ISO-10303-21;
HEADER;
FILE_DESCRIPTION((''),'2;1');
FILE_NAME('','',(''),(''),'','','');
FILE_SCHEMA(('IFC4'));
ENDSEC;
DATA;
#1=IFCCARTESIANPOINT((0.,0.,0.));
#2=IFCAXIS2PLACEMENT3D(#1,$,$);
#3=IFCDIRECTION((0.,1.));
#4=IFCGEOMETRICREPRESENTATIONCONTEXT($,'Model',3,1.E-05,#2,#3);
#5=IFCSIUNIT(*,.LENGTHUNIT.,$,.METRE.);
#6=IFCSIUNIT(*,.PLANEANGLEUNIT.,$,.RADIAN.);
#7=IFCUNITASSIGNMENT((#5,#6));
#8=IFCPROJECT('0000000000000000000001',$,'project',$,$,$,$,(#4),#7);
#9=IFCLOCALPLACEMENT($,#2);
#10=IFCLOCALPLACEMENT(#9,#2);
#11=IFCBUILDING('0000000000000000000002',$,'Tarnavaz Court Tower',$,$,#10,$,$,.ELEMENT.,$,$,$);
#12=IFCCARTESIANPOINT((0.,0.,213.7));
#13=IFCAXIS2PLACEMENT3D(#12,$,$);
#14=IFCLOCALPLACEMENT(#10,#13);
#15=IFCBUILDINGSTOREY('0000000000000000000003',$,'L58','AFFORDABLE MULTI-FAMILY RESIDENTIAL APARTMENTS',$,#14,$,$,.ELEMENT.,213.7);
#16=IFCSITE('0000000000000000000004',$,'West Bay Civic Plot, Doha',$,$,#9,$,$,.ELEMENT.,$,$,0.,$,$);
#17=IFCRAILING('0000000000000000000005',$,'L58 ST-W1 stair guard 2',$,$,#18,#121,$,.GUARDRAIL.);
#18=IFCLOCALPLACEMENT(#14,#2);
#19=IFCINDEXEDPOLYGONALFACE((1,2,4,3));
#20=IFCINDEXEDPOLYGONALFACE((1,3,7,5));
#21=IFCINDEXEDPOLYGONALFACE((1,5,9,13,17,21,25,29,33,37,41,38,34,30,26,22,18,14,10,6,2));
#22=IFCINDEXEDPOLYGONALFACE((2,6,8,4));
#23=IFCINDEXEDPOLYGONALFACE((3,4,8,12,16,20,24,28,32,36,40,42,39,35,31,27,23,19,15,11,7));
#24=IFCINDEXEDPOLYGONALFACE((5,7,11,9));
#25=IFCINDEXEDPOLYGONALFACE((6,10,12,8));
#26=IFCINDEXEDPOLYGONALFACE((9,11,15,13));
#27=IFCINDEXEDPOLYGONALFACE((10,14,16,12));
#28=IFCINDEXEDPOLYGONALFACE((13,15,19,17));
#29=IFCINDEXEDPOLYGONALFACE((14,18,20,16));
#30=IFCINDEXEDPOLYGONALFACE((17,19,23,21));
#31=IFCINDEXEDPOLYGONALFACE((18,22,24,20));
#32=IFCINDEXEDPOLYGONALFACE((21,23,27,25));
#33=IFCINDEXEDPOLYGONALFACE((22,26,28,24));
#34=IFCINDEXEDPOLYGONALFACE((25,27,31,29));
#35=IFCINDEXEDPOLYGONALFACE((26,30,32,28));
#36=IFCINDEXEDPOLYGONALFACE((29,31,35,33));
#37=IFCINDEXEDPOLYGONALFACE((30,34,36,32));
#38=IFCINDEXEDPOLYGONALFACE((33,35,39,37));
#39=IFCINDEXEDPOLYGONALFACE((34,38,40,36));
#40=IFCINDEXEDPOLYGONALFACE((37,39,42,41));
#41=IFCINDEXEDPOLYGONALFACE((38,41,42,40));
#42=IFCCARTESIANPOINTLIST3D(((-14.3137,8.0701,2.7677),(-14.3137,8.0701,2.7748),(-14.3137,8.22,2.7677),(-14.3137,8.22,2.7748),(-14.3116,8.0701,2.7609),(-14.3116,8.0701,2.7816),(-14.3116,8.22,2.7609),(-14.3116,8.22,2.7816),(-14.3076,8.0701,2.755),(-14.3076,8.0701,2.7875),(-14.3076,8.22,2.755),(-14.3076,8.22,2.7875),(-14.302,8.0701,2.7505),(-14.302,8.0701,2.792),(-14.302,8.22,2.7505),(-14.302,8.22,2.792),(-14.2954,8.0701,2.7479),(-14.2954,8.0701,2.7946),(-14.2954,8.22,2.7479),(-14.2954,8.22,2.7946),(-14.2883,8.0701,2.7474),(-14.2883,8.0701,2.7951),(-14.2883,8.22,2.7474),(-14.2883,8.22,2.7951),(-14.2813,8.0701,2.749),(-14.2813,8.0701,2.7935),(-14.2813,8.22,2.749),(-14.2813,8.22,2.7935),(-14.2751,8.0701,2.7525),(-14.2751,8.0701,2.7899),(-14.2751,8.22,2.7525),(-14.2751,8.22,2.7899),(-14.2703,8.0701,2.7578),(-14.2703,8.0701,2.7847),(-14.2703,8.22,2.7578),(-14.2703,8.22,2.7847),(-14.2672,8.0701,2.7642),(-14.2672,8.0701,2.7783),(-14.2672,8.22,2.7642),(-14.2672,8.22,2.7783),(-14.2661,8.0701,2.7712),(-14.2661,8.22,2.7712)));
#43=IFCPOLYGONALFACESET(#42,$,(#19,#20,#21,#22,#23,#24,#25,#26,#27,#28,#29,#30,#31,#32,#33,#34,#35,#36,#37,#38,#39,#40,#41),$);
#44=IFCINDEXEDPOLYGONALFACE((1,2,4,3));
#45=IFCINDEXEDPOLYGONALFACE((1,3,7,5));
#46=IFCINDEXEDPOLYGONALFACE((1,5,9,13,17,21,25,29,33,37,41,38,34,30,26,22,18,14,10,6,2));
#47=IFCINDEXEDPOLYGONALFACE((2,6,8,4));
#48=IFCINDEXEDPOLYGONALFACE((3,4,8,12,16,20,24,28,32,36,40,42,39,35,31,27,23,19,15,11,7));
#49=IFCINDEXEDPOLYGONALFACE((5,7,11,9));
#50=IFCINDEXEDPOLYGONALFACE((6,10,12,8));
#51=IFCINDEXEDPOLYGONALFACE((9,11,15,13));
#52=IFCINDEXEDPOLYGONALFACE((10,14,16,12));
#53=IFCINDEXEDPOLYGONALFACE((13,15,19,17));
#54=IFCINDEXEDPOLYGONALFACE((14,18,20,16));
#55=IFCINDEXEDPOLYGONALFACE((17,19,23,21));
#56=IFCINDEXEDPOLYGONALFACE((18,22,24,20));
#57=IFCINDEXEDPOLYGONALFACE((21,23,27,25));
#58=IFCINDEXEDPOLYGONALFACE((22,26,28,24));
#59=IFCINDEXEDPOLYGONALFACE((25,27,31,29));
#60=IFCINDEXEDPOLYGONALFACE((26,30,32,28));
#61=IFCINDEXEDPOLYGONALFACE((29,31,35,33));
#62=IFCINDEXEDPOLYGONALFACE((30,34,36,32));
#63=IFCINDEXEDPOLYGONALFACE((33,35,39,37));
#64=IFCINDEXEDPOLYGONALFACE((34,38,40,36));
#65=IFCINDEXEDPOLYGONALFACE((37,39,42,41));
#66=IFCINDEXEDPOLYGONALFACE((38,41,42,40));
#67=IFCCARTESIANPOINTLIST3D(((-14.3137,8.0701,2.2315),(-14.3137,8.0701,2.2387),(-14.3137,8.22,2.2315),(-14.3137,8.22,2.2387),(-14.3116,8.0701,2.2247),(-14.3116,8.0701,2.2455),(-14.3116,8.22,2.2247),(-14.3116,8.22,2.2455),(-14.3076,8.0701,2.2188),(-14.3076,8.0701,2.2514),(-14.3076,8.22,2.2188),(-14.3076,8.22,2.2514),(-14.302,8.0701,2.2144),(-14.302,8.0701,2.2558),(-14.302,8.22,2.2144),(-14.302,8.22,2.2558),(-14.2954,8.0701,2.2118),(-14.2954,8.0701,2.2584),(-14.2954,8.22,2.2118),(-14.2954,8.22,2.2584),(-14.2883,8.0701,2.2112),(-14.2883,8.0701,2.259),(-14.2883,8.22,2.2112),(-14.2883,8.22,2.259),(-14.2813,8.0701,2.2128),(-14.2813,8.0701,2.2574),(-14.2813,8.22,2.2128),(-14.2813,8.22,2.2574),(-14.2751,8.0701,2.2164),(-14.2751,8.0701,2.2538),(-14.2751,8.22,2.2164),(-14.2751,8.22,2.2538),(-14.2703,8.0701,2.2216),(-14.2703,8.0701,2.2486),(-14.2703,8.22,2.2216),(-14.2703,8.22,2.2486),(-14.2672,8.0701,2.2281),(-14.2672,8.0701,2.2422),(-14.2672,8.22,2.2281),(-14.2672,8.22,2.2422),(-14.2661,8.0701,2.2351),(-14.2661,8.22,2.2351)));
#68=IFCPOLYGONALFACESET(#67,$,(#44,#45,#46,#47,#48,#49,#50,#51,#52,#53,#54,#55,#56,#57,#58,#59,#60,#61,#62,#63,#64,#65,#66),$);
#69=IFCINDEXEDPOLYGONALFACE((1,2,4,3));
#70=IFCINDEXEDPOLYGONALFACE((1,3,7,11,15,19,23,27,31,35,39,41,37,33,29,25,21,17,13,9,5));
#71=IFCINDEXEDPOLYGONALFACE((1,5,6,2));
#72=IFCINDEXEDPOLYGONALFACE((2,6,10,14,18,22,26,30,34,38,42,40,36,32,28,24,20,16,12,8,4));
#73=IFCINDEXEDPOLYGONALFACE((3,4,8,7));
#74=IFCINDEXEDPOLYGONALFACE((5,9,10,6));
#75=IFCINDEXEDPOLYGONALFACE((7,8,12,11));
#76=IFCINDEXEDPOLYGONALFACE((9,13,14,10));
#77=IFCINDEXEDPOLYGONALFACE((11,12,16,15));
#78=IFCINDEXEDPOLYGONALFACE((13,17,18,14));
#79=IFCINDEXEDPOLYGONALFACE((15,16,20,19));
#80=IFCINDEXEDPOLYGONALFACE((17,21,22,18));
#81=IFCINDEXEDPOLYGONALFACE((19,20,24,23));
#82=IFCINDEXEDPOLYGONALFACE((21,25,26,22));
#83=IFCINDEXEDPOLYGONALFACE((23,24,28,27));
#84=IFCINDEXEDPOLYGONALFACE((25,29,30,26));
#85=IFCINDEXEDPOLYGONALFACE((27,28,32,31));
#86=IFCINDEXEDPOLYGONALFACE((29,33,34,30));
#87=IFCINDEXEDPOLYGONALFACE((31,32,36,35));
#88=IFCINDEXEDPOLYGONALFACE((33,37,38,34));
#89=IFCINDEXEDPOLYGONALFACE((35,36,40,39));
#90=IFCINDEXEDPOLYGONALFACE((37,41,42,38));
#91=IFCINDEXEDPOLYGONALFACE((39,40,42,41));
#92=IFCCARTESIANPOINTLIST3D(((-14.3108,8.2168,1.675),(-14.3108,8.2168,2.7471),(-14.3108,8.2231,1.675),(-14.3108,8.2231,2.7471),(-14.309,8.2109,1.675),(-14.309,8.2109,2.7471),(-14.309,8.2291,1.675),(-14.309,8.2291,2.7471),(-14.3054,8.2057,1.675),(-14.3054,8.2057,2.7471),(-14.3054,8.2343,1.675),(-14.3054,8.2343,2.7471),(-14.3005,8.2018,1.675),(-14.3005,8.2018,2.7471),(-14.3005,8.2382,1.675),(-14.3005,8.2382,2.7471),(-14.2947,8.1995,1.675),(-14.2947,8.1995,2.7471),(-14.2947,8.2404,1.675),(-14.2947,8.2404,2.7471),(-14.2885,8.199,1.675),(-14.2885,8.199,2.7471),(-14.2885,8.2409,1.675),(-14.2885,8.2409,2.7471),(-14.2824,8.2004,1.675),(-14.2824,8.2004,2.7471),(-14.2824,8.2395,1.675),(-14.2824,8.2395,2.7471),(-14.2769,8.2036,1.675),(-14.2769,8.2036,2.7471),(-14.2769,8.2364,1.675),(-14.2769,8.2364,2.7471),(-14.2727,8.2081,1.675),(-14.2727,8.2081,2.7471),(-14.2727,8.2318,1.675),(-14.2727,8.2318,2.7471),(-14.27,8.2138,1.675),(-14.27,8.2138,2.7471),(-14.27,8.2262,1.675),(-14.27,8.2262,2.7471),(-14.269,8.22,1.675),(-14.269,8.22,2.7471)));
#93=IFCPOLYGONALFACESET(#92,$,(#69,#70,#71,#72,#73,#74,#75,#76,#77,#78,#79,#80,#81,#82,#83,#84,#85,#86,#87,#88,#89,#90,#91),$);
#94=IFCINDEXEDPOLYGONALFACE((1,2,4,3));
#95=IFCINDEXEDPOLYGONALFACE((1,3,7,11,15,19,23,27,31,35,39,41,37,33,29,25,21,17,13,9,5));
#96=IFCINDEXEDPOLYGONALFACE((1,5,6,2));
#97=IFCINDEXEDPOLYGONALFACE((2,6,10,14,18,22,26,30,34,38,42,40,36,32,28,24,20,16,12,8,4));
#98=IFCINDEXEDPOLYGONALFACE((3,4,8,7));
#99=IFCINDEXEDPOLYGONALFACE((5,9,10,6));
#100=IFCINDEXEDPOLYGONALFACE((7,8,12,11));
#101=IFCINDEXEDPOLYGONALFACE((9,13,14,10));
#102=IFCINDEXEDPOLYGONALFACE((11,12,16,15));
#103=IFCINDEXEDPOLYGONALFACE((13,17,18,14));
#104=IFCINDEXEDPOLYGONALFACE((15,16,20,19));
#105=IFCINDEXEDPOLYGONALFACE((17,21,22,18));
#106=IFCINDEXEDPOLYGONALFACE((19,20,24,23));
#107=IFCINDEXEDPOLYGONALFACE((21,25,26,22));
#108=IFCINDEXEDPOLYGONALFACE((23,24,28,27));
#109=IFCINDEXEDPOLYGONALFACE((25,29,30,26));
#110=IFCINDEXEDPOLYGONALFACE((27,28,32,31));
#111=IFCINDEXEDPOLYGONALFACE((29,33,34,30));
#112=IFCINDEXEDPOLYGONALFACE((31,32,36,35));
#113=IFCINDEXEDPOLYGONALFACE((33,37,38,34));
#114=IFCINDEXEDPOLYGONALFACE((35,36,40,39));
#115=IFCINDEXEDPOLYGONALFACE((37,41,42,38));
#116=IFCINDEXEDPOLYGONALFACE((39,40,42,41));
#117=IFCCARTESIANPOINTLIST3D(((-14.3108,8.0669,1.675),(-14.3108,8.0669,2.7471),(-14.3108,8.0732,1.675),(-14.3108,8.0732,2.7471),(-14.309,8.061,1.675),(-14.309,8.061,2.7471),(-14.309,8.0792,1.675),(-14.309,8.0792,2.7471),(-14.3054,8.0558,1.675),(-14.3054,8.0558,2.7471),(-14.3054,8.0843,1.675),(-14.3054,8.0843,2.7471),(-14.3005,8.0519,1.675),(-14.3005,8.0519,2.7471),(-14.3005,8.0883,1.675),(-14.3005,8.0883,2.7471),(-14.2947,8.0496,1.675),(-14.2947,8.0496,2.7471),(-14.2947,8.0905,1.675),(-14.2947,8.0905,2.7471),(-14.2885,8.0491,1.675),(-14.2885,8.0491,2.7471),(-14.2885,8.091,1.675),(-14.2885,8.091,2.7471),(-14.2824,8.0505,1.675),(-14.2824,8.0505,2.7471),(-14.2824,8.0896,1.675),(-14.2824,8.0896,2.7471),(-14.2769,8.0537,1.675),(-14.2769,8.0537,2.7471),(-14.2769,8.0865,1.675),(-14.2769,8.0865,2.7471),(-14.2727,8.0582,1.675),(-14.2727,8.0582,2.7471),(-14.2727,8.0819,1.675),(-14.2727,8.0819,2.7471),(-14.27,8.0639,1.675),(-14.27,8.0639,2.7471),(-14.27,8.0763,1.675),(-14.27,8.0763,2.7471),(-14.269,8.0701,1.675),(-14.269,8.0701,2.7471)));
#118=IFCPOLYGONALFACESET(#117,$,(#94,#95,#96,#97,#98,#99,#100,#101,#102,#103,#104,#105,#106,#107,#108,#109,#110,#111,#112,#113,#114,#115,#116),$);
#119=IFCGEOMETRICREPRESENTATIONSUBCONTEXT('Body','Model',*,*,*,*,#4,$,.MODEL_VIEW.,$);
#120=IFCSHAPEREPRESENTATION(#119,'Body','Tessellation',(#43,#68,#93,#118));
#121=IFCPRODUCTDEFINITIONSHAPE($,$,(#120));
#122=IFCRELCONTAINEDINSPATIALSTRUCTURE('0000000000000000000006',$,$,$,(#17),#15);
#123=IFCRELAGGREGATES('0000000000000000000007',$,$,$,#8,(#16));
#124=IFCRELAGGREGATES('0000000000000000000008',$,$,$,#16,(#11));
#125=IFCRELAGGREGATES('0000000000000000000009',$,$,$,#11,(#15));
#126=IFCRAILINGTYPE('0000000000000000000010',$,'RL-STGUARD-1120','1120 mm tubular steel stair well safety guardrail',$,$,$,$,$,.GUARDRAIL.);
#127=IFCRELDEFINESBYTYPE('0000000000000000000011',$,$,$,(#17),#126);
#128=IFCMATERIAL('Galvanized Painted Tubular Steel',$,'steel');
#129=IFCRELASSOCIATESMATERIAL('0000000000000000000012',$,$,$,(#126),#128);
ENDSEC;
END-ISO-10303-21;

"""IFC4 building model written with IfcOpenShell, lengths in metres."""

from ifc_helpers import new_model, si_unit, direction, frame, origin, origin_2d, place, context, subcontext, project, spatial, circle, extrude, material, type_object, element, save


model = new_model("IFC4")

# Units and contexts
model_context = context("Model", 3, precision=1e-05, world=origin(), true_north=direction((0.0, 1.0)))
body_context = subcontext(model_context, "Body", "Model", "MODEL_VIEW")
ifc_project = project(units=[si_unit("LENGTHUNIT", "METRE"), si_unit("PLANEANGLEUNIT", "RADIAN")], contexts=[model_context])

# Site, building, storey
site_placement = place(None, origin())
site = spatial("IfcSite", under=ifc_project, at=site_placement, Name="West Bay Civic Plot, Doha", CompositionType="ELEMENT", RefElevation=0.0)
building_placement = place(site_placement, origin())
building = spatial("IfcBuilding", under=site, at=building_placement, Name="Tarnavaz Court Tower", CompositionType="ELEMENT")
storey_placement = place(building_placement, frame((0.0, 0.0, 213.7)))
storey = spatial("IfcBuildingStorey", under=building, at=storey_placement, Name="L58", Description="AFFORDABLE MULTI-FAMILY RESIDENTIAL APARTMENTS", CompositionType="ELEMENT", Elevation=213.7)

# Railing
ifc_material_1 = material(Name="Galvanized Painted Tubular Steel", Category="steel")
railing_type_1 = type_object("IfcRailingType", Name="RL-STGUARD-1120", Description="1120 mm tubular steel stair well safety guardrail", PredefinedType="GUARDRAIL", material=ifc_material_1)
railing_1_placement = place(storey_placement, frame((-14.29, 8.22, 1.675)))
element("IfcRailing", 1, at=railing_1_placement, inside=storey, type_object=railing_type_1, Name="L58 ST-W1 stair guard 2", PredefinedType="GUARDRAIL", context=body_context, shape_type="SweptSolid", body=[
    extrude(circle(Radius=0.0239, at=origin_2d()), frame((0.0, 0.0, 1.0962), z_axis=(0.0, -1.0, 0.0), x_axis=(1.0, 0.0, 0.0)), (0.0, 0.0, 1.0), 0.1499),
    extrude(circle(Radius=0.0239, at=origin_2d()), frame((0.0, 0.0, 0.5601), z_axis=(0.0, -1.0, 0.0), x_axis=(1.0, 0.0, 0.0)), (0.0, 0.0, 1.0), 0.1499),
    extrude(circle(Radius=0.021, at=origin_2d()), origin(), (0.0, 0.0, 1.0), 1.072),
    extrude(circle(Radius=0.021, at=origin_2d()), frame((0.0, -0.1499, 0.0)), (0.0, 0.0, 1.0), 1.072),
])

save(model, "model.ifc")
